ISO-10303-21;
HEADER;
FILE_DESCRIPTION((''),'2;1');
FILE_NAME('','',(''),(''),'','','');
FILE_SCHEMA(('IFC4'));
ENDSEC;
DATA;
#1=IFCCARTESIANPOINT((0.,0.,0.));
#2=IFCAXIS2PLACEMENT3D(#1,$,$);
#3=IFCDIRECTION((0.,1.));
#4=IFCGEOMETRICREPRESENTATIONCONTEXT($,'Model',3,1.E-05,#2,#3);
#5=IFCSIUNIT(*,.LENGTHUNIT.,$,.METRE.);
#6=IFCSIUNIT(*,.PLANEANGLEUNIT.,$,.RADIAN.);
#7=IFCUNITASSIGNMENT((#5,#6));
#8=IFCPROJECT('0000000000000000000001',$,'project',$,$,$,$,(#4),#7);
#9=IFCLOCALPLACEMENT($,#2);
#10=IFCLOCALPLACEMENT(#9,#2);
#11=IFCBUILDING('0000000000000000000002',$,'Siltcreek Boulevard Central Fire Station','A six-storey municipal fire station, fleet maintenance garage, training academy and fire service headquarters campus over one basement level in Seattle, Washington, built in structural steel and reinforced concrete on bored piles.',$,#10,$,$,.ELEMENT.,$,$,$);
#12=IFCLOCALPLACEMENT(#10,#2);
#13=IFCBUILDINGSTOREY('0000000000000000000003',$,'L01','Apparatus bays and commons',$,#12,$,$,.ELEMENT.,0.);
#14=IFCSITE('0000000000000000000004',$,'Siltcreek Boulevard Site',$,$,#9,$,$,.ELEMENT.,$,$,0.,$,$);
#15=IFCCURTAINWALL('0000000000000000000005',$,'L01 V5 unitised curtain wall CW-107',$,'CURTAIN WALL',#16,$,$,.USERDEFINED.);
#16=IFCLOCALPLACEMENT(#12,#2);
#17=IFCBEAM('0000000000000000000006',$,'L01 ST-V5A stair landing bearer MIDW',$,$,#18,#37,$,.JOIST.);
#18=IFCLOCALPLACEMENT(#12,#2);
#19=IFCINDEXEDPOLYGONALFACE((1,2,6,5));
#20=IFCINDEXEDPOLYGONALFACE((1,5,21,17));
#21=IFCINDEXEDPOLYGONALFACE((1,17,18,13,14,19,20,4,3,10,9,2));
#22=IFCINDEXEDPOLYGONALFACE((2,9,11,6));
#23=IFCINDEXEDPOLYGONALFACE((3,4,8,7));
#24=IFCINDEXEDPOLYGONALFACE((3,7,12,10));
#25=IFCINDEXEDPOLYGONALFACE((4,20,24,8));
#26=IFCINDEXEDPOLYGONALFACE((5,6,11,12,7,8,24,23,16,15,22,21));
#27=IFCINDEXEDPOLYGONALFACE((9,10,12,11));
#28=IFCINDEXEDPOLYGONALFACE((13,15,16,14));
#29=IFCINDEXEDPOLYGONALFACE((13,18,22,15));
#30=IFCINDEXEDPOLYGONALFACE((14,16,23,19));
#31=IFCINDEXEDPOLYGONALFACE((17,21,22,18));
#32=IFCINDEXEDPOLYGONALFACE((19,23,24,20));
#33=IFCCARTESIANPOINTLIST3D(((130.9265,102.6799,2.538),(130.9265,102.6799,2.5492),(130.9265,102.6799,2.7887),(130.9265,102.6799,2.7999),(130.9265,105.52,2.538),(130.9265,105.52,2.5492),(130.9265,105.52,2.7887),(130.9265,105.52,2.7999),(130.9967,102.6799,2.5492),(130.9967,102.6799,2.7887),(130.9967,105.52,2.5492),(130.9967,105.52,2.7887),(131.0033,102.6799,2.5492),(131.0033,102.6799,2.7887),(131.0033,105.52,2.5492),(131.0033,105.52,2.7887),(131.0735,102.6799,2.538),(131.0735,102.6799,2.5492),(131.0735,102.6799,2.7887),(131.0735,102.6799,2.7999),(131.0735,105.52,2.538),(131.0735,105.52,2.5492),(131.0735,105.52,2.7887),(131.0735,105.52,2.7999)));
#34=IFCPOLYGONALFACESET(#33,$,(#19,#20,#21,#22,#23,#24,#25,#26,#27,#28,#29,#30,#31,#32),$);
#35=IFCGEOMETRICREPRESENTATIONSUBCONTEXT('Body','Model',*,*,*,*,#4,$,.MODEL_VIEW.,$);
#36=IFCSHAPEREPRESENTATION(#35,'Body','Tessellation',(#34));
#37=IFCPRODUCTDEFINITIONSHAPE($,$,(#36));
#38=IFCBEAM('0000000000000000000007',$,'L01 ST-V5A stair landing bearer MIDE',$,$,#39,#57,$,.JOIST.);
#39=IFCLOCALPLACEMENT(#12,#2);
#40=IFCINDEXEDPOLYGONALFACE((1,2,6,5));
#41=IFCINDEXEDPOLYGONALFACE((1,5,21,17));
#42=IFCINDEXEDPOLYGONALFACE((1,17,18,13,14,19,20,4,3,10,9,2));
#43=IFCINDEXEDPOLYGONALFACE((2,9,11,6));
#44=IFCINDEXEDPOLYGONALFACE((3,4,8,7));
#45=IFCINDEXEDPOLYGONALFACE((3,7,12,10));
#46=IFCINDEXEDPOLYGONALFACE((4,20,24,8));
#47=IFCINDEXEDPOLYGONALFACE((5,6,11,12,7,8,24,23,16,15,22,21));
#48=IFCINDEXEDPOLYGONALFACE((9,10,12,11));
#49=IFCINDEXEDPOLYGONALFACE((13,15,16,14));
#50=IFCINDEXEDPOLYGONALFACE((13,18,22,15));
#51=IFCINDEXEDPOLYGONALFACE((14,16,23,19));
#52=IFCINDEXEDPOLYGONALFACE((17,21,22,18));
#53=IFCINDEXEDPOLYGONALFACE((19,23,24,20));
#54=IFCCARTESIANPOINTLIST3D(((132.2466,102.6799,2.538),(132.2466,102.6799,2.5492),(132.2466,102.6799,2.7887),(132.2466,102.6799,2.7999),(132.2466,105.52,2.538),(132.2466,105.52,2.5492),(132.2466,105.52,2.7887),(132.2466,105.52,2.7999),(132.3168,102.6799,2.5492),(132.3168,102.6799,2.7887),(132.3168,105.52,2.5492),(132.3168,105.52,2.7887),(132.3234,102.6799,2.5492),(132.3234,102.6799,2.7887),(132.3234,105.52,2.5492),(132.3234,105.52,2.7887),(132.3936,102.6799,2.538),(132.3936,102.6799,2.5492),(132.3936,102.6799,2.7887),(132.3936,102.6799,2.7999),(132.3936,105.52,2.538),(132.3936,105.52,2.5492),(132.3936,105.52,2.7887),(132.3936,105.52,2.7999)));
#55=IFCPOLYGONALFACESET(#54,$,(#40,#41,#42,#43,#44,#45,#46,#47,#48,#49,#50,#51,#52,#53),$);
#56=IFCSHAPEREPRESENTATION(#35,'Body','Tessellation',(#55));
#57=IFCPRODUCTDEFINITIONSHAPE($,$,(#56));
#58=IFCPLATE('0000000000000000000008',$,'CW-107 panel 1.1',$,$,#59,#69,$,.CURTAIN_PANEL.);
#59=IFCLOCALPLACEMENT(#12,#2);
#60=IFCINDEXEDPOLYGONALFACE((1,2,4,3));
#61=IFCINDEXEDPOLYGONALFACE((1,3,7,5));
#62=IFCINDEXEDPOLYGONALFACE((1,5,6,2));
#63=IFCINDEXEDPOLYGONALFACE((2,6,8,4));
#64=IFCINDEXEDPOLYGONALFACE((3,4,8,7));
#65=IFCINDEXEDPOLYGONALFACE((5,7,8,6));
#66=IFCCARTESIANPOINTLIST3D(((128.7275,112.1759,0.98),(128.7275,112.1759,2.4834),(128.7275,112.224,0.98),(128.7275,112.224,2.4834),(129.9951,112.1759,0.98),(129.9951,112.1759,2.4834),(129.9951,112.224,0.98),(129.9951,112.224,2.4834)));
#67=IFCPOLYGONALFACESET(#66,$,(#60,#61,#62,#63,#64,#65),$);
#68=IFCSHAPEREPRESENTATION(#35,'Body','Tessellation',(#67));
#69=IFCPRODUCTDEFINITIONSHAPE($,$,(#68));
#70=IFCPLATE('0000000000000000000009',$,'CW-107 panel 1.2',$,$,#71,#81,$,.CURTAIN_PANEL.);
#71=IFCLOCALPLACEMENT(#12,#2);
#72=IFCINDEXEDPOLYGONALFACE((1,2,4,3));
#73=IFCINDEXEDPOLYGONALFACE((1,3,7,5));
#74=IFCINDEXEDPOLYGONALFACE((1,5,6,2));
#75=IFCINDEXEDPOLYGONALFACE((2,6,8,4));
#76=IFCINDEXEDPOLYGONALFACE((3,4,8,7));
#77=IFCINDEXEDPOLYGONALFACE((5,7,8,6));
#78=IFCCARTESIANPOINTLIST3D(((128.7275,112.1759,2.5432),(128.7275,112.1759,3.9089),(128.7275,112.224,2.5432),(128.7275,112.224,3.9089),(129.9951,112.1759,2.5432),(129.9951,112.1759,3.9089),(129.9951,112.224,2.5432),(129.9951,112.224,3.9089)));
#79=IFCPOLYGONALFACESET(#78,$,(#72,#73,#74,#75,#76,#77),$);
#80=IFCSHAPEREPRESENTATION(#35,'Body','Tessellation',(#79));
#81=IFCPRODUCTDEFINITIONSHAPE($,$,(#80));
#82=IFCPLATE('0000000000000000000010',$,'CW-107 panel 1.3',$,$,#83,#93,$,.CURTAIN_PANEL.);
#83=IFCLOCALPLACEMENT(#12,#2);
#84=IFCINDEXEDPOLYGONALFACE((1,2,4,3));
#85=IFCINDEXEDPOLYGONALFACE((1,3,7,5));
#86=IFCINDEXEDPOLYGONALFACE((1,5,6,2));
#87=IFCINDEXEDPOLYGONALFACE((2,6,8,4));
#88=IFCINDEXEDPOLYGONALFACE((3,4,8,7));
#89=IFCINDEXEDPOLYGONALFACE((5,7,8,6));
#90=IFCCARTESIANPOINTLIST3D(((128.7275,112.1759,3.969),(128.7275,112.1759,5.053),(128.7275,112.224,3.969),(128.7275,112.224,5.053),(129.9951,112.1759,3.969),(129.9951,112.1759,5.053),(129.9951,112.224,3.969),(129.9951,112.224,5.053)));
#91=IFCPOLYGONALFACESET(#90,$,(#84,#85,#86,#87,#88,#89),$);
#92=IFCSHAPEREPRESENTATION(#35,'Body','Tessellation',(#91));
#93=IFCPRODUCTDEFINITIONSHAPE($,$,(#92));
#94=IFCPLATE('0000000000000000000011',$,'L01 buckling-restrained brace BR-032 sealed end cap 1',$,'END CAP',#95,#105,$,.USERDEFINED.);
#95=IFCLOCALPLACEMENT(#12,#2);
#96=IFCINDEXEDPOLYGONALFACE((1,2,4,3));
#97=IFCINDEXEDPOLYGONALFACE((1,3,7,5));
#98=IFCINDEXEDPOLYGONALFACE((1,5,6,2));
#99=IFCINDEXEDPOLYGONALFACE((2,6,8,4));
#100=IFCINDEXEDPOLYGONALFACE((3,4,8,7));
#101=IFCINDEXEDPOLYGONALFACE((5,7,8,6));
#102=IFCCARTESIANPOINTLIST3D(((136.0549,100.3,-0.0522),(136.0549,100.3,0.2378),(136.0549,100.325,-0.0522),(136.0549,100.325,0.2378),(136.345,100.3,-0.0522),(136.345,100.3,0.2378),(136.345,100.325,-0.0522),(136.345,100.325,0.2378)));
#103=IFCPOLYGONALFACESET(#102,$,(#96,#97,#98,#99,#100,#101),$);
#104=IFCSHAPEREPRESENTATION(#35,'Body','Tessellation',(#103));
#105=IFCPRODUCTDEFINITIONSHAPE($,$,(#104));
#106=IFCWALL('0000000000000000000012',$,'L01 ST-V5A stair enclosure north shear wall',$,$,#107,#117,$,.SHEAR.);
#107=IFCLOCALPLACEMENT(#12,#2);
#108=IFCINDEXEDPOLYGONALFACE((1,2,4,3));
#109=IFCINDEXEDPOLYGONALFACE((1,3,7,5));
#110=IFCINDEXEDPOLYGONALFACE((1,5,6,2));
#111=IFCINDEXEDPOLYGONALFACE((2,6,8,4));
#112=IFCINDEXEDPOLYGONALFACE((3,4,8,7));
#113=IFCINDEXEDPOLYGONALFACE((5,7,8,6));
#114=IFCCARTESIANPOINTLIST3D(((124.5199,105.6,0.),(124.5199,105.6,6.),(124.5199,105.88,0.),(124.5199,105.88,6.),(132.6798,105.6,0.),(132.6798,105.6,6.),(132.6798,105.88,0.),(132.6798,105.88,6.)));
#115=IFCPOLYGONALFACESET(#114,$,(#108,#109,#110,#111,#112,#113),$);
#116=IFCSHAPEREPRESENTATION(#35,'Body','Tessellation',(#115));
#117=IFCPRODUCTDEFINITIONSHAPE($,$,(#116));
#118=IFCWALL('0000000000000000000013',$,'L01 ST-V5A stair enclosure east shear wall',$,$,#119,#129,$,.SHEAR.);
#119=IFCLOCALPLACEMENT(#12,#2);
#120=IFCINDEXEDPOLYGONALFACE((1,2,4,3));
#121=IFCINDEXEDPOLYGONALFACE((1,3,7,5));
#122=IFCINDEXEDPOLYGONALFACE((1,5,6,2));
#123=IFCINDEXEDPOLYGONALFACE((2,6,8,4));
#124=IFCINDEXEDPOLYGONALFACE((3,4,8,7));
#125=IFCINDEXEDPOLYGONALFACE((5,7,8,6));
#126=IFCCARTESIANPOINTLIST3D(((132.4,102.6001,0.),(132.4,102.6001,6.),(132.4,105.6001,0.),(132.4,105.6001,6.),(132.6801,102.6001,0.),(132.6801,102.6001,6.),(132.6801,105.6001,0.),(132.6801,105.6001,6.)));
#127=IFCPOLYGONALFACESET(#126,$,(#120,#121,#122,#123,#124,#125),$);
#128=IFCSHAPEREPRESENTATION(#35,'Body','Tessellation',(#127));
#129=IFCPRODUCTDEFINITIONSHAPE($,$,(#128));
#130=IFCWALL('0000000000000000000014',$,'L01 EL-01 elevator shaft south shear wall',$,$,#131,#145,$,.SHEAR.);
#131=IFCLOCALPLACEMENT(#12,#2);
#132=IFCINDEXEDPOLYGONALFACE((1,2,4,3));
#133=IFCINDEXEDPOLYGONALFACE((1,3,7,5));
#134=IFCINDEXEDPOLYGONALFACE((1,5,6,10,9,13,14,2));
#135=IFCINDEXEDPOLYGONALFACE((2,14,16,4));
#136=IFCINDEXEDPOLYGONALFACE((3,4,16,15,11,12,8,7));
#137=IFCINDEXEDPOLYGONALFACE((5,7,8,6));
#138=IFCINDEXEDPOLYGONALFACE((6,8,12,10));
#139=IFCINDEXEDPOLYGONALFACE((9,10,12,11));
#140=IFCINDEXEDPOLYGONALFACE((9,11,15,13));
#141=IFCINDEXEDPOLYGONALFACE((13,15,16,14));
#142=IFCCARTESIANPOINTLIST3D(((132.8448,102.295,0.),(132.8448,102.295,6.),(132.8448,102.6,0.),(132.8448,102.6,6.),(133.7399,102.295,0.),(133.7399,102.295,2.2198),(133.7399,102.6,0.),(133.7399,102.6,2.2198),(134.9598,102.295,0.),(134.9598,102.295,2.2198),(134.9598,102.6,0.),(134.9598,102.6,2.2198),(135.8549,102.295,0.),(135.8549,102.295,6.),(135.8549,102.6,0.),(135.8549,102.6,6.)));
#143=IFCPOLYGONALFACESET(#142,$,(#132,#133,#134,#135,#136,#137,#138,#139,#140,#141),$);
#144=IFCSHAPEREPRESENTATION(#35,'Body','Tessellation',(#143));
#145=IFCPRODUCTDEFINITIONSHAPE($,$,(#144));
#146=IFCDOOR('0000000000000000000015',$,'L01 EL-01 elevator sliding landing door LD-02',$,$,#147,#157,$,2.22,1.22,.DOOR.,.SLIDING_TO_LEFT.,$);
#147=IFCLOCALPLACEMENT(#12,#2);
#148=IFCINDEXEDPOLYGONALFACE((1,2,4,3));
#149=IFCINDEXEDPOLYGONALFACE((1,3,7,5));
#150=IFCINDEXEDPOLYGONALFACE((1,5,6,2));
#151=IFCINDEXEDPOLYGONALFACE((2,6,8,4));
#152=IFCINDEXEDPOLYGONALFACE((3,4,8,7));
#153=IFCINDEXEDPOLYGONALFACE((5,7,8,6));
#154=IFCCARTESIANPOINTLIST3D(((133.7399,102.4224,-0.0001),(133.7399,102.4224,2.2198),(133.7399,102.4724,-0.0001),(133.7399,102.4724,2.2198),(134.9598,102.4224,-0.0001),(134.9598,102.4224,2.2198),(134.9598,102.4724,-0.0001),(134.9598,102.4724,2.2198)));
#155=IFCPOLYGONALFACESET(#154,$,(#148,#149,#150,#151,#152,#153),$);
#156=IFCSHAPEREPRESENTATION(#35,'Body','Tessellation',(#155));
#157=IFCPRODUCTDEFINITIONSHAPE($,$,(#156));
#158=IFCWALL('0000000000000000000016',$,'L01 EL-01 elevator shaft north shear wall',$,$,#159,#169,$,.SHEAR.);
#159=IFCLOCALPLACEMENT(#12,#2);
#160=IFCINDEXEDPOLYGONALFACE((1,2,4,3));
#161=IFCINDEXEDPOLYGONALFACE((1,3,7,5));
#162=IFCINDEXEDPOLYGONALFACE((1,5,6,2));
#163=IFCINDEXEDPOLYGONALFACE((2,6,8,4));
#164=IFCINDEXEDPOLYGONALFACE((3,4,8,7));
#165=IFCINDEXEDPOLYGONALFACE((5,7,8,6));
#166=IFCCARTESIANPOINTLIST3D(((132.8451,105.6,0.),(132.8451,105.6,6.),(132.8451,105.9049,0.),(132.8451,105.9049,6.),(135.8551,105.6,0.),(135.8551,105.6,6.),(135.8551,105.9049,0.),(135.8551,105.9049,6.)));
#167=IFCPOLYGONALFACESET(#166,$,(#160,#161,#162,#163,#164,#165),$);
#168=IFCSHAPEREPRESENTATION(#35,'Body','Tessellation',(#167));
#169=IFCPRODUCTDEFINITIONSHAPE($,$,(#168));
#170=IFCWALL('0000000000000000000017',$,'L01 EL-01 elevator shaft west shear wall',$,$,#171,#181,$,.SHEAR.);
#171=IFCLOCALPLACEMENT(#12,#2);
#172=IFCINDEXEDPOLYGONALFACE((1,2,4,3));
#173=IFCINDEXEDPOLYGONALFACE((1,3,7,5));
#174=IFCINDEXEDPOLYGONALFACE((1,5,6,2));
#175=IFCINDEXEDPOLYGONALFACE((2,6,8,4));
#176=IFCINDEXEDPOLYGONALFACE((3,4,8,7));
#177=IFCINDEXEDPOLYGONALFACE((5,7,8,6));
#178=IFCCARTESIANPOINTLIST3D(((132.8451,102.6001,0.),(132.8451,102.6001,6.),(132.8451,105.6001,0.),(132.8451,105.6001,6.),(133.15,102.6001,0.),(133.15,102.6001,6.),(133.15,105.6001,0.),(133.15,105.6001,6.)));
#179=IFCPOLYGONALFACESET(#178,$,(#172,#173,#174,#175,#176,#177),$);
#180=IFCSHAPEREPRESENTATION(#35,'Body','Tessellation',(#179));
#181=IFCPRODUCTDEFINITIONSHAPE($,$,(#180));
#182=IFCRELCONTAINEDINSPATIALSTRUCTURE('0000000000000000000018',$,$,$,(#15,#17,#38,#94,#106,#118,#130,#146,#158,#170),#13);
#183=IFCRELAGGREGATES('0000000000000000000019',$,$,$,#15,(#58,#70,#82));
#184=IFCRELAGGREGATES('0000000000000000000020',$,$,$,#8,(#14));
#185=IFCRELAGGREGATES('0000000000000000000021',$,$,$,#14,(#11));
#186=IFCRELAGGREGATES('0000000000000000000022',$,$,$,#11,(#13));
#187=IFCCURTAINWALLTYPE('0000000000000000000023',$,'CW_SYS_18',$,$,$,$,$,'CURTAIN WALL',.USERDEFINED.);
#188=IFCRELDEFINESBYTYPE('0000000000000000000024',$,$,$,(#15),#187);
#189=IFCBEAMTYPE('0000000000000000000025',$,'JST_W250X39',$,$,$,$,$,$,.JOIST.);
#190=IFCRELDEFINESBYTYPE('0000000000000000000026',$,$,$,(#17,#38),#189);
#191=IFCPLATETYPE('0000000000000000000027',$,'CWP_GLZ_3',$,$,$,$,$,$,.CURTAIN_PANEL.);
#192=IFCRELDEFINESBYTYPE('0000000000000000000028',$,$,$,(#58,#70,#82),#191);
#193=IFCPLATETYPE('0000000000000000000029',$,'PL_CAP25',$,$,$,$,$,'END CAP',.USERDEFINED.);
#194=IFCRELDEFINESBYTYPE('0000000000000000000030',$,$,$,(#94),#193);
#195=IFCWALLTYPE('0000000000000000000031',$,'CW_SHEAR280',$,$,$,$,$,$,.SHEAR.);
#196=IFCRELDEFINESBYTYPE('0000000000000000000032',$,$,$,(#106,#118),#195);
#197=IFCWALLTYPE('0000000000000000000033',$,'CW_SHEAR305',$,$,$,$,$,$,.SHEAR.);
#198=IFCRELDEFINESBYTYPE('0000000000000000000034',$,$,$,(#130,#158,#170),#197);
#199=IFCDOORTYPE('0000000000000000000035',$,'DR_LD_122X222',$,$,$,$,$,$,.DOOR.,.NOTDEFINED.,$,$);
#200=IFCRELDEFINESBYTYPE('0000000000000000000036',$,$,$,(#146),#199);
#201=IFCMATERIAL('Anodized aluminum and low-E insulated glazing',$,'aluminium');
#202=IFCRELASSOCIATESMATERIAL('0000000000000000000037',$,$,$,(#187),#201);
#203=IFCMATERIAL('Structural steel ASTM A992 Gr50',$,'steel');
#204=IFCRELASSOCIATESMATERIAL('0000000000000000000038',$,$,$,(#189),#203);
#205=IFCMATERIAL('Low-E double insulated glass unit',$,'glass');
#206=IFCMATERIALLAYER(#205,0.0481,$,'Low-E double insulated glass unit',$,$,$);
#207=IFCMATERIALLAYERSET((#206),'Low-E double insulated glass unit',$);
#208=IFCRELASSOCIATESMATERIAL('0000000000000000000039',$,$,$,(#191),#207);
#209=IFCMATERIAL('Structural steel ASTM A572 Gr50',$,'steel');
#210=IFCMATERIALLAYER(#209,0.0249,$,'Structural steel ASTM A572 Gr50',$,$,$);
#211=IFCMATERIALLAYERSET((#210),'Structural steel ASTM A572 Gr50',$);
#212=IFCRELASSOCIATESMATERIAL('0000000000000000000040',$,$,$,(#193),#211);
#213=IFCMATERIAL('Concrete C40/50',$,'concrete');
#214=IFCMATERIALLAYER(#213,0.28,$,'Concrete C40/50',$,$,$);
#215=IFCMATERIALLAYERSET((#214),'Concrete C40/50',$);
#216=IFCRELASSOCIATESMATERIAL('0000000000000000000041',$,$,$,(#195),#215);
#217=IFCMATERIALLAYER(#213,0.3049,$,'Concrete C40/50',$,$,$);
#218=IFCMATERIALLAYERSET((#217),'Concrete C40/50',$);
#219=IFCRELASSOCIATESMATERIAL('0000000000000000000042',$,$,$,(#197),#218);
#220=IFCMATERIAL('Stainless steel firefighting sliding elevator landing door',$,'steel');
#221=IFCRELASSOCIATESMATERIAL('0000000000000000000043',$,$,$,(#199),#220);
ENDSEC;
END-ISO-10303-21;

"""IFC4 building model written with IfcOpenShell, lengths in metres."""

from ifc_helpers import new_model, si_unit, direction, frame, frame_2d, origin, origin_2d, place, context, subcontext, project, spatial, rectangle, i_section, extrude, material, layer, layer_set, material_profile, profile_set, type_object, element, fill, aggregate, save


model = new_model("IFC4")

# Units and contexts
model_context = context("Model", 3, precision=1e-05, world=origin(), true_north=direction((0.0, 1.0)))
body_context = subcontext(model_context, "Body", "Model", "MODEL_VIEW")
ifc_project = project(units=[si_unit("LENGTHUNIT", "METRE"), si_unit("PLANEANGLEUNIT", "RADIAN")], contexts=[model_context])

# Site, building, storey
site_placement = place(None, origin())
site = spatial("IfcSite", under=ifc_project, at=site_placement, Name="Siltcreek Boulevard Site", CompositionType="ELEMENT", RefElevation=0.0)
building_placement = place(site_placement, origin())
building = spatial("IfcBuilding", under=site, at=building_placement, Name="Siltcreek Boulevard Central Fire Station", Description="A six-storey municipal fire station, fleet maintenance garage, training academy and fire service headquarters campus over one basement level in Seattle, Washington, built in structural steel and reinforced concrete on bored piles.", CompositionType="ELEMENT")
storey_placement = place(building_placement, origin())
storey = spatial("IfcBuildingStorey", under=building, at=storey_placement, Name="L01", Description="Apparatus bays and commons", CompositionType="ELEMENT", Elevation=0.0)

# Shared definitions
ifc_material_1 = material(Name="Structural steel ASTM A992 Gr50", Category="steel")

# Curtain wall
ifc_material_2 = material(Name="Anodized aluminum and low-E insulated glazing", Category="aluminium")
curtain_wall_type = type_object("IfcCurtainWallType", Name="CW_SYS_18", ElementType="CURTAIN WALL", PredefinedType="USERDEFINED", material=ifc_material_2)
curtain_wall_placement = place(storey_placement, origin())
curtain_wall = element("IfcCurtainWall", 1, at=curtain_wall_placement, inside=storey, type_object=curtain_wall_type, Name="L01 V5 unitised curtain wall CW-107", ObjectType="CURTAIN WALL", PredefinedType="USERDEFINED")

# Beams
ifc_material_profile_1 = material_profile(ifc_material_1, i_section(OverallWidth=0.147, OverallDepth=0.262, WebThickness=0.0066, FlangeThickness=0.0112, at=origin_2d()), Name="W250X39")
ifc_profile_set_1 = profile_set([ifc_material_profile_1], Name="Structural steel ASTM A992 Gr50")
beam_type = type_object("IfcBeamType", Name="JST_W250X39", PredefinedType="JOIST", material=ifc_profile_set_1)
for number, where, z_axis, x_axis, name in (
    (2, (131.0, 102.6799, 2.6689), (0.0, 1.0, 0.0), (-1.0, 0.0, 0.0), "L01 ST-V5A stair landing bearer MIDW"),
    (3, (132.3201, 102.6799, 2.6689), (0.0, 1.0, 0.0), (-1.0, 0.0, 0.0), "L01 ST-V5A stair landing bearer MIDE"),
):
    element("IfcBeam", number, at=place(storey_placement, frame(where, z_axis=z_axis, x_axis=x_axis)), inside=storey, type_object=beam_type, Name=name, PredefinedType="JOIST", context=body_context, shape_type="SweptSolid", body=[
        extrude(i_section(OverallWidth=0.147, OverallDepth=0.262, WebThickness=0.0066, FlangeThickness=0.0112, at=origin_2d()), origin(), (0.0, 0.0, 1.0), 2.8401),
    ])

# Plates
ifc_material_3 = material(Name="Low-E double insulated glass unit", Category="glass")
ifc_layer_1 = layer(ifc_material_3, 0.0481, Name="Low-E double insulated glass unit")
ifc_layer_set_1 = layer_set([ifc_layer_1], Name="Low-E double insulated glass unit")
plate_type_1 = type_object("IfcPlateType", Name="CWP_GLZ_3", PredefinedType="CURTAIN_PANEL", material=ifc_layer_set_1)
plate_1_placement = place(storey_placement, frame((129.3613, 112.2, 0.98), z_axis=(0.0, 0.0, 1.0), x_axis=(-1.0, 0.0, 0.0)))
plate_1 = element("IfcPlate", 4, at=plate_1_placement, type_object=plate_type_1, Name="CW-107 panel 1.1", PredefinedType="CURTAIN_PANEL", context=body_context, shape_type="SweptSolid", body=[
    extrude(rectangle(XDim=1.2676, YDim=0.0481, at=origin_2d()), origin(), (0.0, 0.0, 1.0), 1.5034),
])
plate_2_placement = place(storey_placement, frame((129.3613, 112.2, 2.5432), z_axis=(0.0, 0.0, 1.0), x_axis=(-1.0, 0.0, 0.0)))
plate_2 = element("IfcPlate", 5, at=plate_2_placement, type_object=plate_type_1, Name="CW-107 panel 1.2", PredefinedType="CURTAIN_PANEL", context=body_context, shape_type="SweptSolid", body=[
    extrude(rectangle(XDim=1.2676, YDim=0.0481, at=origin_2d()), origin(), (0.0, 0.0, 1.0), 1.3657),
])
plate_3_placement = place(storey_placement, frame((129.3613, 112.2, 3.969), z_axis=(0.0, 0.0, 1.0), x_axis=(-1.0, 0.0, 0.0)))
plate_3 = element("IfcPlate", 6, at=plate_3_placement, type_object=plate_type_1, Name="CW-107 panel 1.3", PredefinedType="CURTAIN_PANEL", context=body_context, shape_type="SweptSolid", body=[
    extrude(rectangle(XDim=1.2676, YDim=0.0481, at=origin_2d()), origin(), (0.0, 0.0, 1.0), 1.084),
])
aggregate(curtain_wall, [plate_1, plate_2, plate_3])
ifc_material_4 = material(Name="Structural steel ASTM A572 Gr50", Category="steel")
ifc_layer_2 = layer(ifc_material_4, 0.0249, Name="Structural steel ASTM A572 Gr50")
ifc_layer_set_2 = layer_set([ifc_layer_2], Name="Structural steel ASTM A572 Gr50")
plate_type_2 = type_object("IfcPlateType", Name="PL_CAP25", ElementType="END CAP", PredefinedType="USERDEFINED", material=ifc_layer_set_2)
plate_4_placement = place(storey_placement, frame((136.2, 100.3125, -0.0522), z_axis=(0.0, 0.0, 1.0), x_axis=(0.0, 1.0, 0.0)))
element("IfcPlate", 7, at=plate_4_placement, inside=storey, type_object=plate_type_2, Name="L01 buckling-restrained brace BR-032 sealed end cap 1", ObjectType="END CAP", PredefinedType="USERDEFINED", context=body_context, shape_type="SweptSolid", body=[
    extrude(rectangle(XDim=0.0249, YDim=0.29, at=origin_2d()), origin(), (0.0, 0.0, 1.0), 0.29),
])

# Walls
ifc_material_5 = material(Name="Concrete C40/50", Category="concrete")
ifc_layer_3 = layer(ifc_material_5, 0.28, Name="Concrete C40/50")
ifc_layer_set_3 = layer_set([ifc_layer_3], Name="Concrete C40/50")
wall_type_1 = type_object("IfcWallType", Name="CW_SHEAR280", PredefinedType="SHEAR", material=ifc_layer_set_3)
wall_1_placement = place(storey_placement, frame((132.6799, 105.74, 0.0), z_axis=(0.0, 0.0, 1.0), x_axis=(-1.0, 0.0, 0.0)))
element("IfcWall", 8, at=wall_1_placement, inside=storey, type_object=wall_type_1, Name="L01 ST-V5A stair enclosure north shear wall", PredefinedType="SHEAR", context=body_context, shape_type="SweptSolid", body=[
    extrude(rectangle(XDim=8.1599, YDim=0.28, at=frame_2d((4.0801, 0.0))), origin(), (0.0, 0.0, 1.0), 6.0),
])
wall_2_placement = place(storey_placement, frame((132.54, 102.6001, 0.0), z_axis=(0.0, 0.0, 1.0), x_axis=(0.0, 1.0, 0.0)))
element("IfcWall", 9, at=wall_2_placement, inside=storey, type_object=wall_type_1, Name="L01 ST-V5A stair enclosure east shear wall", PredefinedType="SHEAR", context=body_context, shape_type="SweptSolid", body=[
    extrude(rectangle(XDim=3.0, YDim=0.28, at=frame_2d((1.5, 0.0))), origin(), (0.0, 0.0, 1.0), 6.0),
])

# Wall, opening, door
ifc_layer_4 = layer(ifc_material_5, 0.3049, Name="Concrete C40/50")
ifc_layer_set_4 = layer_set([ifc_layer_4], Name="Concrete C40/50")
wall_type_2 = type_object("IfcWallType", Name="CW_SHEAR305", PredefinedType="SHEAR", material=ifc_layer_set_4)
wall_3_placement = place(storey_placement, frame((132.845, 102.4475, 0.0), z_axis=(0.0, 0.0, 1.0), x_axis=(1.0, 0.0, 0.0)))
wall_3 = element("IfcWall", 10, at=wall_3_placement, inside=storey, type_object=wall_type_2, Name="L01 EL-01 elevator shaft south shear wall", PredefinedType="SHEAR", context=body_context, shape_type="SweptSolid", body=[
    extrude(rectangle(XDim=3.01, YDim=0.3049, at=frame_2d((1.5049, 0.0))), origin(), (0.0, 0.0, 1.0), 6.0),
])
opening_placement = place(wall_3_placement, frame((0.895, 0.0, 0.0)))
opening = element("IfcOpeningElement", 11, at=opening_placement, cuts=wall_3, PredefinedType="OPENING", context=body_context, shape_type="SweptSolid", body=[
    extrude(rectangle(XDim=1.22, YDim=2.22, at=frame_2d((0.6099, 1.1099))), frame((0.0, 0.1624, 0.0), z_axis=(0.0, -1.0, 0.0), x_axis=(1.0, 0.0, 0.0)), (0.0, 0.0, 1.0), 0.325),
])
ifc_material_6 = material(Name="Stainless steel firefighting sliding elevator landing door", Category="steel")
door_type = type_object("IfcDoorType", Name="DR_LD_122X222", OperationType="NOTDEFINED", PredefinedType="DOOR", material=ifc_material_6)
door_placement = place(opening_placement, origin())
door = element("IfcDoor", 12, at=door_placement, inside=storey, type_object=door_type, Name="L01 EL-01 elevator sliding landing door LD-02", OperationType="SLIDING_TO_LEFT", OverallHeight=2.22, OverallWidth=1.22, PredefinedType="DOOR", context=body_context, shape_type="SweptSolid", body=[
    extrude(rectangle(XDim=1.22, YDim=2.22, at=frame_2d((0.6099, 1.1099))), frame((0.0, 0.0249, 0.0), z_axis=(0.0, -1.0, 0.0), x_axis=(1.0, 0.0, 0.0)), (0.0, 0.0, 1.0), 0.05),
])
fill(opening, door)

# Walls
wall_4_placement = place(storey_placement, frame((135.855, 105.7524, 0.0), z_axis=(0.0, 0.0, 1.0), x_axis=(-1.0, 0.0, 0.0)))
element("IfcWall", 13, at=wall_4_placement, inside=storey, type_object=wall_type_2, Name="L01 EL-01 elevator shaft north shear wall", PredefinedType="SHEAR", context=body_context, shape_type="SweptSolid", body=[
    extrude(rectangle(XDim=3.01, YDim=0.3049, at=frame_2d((1.5049, 0.0))), origin(), (0.0, 0.0, 1.0), 6.0),
])
for number, where, z_axis, x_axis, name in (
    (14, (132.9976, 105.6001, 0.0), (0.0, 0.0, 1.0), (0.0, -1.0, 0.0), "L01 EL-01 elevator shaft west shear wall"),
):
    element("IfcWall", number, at=place(storey_placement, frame(where, z_axis=z_axis, x_axis=x_axis)), inside=storey, type_object=wall_type_2, Name=name, PredefinedType="SHEAR", context=body_context, shape_type="SweptSolid", body=[
        extrude(rectangle(XDim=3.0, YDim=0.3049, at=frame_2d((1.5, 0.0))), origin(), (0.0, 0.0, 1.0), 6.0),
    ])

save(model, "model.ifc")
